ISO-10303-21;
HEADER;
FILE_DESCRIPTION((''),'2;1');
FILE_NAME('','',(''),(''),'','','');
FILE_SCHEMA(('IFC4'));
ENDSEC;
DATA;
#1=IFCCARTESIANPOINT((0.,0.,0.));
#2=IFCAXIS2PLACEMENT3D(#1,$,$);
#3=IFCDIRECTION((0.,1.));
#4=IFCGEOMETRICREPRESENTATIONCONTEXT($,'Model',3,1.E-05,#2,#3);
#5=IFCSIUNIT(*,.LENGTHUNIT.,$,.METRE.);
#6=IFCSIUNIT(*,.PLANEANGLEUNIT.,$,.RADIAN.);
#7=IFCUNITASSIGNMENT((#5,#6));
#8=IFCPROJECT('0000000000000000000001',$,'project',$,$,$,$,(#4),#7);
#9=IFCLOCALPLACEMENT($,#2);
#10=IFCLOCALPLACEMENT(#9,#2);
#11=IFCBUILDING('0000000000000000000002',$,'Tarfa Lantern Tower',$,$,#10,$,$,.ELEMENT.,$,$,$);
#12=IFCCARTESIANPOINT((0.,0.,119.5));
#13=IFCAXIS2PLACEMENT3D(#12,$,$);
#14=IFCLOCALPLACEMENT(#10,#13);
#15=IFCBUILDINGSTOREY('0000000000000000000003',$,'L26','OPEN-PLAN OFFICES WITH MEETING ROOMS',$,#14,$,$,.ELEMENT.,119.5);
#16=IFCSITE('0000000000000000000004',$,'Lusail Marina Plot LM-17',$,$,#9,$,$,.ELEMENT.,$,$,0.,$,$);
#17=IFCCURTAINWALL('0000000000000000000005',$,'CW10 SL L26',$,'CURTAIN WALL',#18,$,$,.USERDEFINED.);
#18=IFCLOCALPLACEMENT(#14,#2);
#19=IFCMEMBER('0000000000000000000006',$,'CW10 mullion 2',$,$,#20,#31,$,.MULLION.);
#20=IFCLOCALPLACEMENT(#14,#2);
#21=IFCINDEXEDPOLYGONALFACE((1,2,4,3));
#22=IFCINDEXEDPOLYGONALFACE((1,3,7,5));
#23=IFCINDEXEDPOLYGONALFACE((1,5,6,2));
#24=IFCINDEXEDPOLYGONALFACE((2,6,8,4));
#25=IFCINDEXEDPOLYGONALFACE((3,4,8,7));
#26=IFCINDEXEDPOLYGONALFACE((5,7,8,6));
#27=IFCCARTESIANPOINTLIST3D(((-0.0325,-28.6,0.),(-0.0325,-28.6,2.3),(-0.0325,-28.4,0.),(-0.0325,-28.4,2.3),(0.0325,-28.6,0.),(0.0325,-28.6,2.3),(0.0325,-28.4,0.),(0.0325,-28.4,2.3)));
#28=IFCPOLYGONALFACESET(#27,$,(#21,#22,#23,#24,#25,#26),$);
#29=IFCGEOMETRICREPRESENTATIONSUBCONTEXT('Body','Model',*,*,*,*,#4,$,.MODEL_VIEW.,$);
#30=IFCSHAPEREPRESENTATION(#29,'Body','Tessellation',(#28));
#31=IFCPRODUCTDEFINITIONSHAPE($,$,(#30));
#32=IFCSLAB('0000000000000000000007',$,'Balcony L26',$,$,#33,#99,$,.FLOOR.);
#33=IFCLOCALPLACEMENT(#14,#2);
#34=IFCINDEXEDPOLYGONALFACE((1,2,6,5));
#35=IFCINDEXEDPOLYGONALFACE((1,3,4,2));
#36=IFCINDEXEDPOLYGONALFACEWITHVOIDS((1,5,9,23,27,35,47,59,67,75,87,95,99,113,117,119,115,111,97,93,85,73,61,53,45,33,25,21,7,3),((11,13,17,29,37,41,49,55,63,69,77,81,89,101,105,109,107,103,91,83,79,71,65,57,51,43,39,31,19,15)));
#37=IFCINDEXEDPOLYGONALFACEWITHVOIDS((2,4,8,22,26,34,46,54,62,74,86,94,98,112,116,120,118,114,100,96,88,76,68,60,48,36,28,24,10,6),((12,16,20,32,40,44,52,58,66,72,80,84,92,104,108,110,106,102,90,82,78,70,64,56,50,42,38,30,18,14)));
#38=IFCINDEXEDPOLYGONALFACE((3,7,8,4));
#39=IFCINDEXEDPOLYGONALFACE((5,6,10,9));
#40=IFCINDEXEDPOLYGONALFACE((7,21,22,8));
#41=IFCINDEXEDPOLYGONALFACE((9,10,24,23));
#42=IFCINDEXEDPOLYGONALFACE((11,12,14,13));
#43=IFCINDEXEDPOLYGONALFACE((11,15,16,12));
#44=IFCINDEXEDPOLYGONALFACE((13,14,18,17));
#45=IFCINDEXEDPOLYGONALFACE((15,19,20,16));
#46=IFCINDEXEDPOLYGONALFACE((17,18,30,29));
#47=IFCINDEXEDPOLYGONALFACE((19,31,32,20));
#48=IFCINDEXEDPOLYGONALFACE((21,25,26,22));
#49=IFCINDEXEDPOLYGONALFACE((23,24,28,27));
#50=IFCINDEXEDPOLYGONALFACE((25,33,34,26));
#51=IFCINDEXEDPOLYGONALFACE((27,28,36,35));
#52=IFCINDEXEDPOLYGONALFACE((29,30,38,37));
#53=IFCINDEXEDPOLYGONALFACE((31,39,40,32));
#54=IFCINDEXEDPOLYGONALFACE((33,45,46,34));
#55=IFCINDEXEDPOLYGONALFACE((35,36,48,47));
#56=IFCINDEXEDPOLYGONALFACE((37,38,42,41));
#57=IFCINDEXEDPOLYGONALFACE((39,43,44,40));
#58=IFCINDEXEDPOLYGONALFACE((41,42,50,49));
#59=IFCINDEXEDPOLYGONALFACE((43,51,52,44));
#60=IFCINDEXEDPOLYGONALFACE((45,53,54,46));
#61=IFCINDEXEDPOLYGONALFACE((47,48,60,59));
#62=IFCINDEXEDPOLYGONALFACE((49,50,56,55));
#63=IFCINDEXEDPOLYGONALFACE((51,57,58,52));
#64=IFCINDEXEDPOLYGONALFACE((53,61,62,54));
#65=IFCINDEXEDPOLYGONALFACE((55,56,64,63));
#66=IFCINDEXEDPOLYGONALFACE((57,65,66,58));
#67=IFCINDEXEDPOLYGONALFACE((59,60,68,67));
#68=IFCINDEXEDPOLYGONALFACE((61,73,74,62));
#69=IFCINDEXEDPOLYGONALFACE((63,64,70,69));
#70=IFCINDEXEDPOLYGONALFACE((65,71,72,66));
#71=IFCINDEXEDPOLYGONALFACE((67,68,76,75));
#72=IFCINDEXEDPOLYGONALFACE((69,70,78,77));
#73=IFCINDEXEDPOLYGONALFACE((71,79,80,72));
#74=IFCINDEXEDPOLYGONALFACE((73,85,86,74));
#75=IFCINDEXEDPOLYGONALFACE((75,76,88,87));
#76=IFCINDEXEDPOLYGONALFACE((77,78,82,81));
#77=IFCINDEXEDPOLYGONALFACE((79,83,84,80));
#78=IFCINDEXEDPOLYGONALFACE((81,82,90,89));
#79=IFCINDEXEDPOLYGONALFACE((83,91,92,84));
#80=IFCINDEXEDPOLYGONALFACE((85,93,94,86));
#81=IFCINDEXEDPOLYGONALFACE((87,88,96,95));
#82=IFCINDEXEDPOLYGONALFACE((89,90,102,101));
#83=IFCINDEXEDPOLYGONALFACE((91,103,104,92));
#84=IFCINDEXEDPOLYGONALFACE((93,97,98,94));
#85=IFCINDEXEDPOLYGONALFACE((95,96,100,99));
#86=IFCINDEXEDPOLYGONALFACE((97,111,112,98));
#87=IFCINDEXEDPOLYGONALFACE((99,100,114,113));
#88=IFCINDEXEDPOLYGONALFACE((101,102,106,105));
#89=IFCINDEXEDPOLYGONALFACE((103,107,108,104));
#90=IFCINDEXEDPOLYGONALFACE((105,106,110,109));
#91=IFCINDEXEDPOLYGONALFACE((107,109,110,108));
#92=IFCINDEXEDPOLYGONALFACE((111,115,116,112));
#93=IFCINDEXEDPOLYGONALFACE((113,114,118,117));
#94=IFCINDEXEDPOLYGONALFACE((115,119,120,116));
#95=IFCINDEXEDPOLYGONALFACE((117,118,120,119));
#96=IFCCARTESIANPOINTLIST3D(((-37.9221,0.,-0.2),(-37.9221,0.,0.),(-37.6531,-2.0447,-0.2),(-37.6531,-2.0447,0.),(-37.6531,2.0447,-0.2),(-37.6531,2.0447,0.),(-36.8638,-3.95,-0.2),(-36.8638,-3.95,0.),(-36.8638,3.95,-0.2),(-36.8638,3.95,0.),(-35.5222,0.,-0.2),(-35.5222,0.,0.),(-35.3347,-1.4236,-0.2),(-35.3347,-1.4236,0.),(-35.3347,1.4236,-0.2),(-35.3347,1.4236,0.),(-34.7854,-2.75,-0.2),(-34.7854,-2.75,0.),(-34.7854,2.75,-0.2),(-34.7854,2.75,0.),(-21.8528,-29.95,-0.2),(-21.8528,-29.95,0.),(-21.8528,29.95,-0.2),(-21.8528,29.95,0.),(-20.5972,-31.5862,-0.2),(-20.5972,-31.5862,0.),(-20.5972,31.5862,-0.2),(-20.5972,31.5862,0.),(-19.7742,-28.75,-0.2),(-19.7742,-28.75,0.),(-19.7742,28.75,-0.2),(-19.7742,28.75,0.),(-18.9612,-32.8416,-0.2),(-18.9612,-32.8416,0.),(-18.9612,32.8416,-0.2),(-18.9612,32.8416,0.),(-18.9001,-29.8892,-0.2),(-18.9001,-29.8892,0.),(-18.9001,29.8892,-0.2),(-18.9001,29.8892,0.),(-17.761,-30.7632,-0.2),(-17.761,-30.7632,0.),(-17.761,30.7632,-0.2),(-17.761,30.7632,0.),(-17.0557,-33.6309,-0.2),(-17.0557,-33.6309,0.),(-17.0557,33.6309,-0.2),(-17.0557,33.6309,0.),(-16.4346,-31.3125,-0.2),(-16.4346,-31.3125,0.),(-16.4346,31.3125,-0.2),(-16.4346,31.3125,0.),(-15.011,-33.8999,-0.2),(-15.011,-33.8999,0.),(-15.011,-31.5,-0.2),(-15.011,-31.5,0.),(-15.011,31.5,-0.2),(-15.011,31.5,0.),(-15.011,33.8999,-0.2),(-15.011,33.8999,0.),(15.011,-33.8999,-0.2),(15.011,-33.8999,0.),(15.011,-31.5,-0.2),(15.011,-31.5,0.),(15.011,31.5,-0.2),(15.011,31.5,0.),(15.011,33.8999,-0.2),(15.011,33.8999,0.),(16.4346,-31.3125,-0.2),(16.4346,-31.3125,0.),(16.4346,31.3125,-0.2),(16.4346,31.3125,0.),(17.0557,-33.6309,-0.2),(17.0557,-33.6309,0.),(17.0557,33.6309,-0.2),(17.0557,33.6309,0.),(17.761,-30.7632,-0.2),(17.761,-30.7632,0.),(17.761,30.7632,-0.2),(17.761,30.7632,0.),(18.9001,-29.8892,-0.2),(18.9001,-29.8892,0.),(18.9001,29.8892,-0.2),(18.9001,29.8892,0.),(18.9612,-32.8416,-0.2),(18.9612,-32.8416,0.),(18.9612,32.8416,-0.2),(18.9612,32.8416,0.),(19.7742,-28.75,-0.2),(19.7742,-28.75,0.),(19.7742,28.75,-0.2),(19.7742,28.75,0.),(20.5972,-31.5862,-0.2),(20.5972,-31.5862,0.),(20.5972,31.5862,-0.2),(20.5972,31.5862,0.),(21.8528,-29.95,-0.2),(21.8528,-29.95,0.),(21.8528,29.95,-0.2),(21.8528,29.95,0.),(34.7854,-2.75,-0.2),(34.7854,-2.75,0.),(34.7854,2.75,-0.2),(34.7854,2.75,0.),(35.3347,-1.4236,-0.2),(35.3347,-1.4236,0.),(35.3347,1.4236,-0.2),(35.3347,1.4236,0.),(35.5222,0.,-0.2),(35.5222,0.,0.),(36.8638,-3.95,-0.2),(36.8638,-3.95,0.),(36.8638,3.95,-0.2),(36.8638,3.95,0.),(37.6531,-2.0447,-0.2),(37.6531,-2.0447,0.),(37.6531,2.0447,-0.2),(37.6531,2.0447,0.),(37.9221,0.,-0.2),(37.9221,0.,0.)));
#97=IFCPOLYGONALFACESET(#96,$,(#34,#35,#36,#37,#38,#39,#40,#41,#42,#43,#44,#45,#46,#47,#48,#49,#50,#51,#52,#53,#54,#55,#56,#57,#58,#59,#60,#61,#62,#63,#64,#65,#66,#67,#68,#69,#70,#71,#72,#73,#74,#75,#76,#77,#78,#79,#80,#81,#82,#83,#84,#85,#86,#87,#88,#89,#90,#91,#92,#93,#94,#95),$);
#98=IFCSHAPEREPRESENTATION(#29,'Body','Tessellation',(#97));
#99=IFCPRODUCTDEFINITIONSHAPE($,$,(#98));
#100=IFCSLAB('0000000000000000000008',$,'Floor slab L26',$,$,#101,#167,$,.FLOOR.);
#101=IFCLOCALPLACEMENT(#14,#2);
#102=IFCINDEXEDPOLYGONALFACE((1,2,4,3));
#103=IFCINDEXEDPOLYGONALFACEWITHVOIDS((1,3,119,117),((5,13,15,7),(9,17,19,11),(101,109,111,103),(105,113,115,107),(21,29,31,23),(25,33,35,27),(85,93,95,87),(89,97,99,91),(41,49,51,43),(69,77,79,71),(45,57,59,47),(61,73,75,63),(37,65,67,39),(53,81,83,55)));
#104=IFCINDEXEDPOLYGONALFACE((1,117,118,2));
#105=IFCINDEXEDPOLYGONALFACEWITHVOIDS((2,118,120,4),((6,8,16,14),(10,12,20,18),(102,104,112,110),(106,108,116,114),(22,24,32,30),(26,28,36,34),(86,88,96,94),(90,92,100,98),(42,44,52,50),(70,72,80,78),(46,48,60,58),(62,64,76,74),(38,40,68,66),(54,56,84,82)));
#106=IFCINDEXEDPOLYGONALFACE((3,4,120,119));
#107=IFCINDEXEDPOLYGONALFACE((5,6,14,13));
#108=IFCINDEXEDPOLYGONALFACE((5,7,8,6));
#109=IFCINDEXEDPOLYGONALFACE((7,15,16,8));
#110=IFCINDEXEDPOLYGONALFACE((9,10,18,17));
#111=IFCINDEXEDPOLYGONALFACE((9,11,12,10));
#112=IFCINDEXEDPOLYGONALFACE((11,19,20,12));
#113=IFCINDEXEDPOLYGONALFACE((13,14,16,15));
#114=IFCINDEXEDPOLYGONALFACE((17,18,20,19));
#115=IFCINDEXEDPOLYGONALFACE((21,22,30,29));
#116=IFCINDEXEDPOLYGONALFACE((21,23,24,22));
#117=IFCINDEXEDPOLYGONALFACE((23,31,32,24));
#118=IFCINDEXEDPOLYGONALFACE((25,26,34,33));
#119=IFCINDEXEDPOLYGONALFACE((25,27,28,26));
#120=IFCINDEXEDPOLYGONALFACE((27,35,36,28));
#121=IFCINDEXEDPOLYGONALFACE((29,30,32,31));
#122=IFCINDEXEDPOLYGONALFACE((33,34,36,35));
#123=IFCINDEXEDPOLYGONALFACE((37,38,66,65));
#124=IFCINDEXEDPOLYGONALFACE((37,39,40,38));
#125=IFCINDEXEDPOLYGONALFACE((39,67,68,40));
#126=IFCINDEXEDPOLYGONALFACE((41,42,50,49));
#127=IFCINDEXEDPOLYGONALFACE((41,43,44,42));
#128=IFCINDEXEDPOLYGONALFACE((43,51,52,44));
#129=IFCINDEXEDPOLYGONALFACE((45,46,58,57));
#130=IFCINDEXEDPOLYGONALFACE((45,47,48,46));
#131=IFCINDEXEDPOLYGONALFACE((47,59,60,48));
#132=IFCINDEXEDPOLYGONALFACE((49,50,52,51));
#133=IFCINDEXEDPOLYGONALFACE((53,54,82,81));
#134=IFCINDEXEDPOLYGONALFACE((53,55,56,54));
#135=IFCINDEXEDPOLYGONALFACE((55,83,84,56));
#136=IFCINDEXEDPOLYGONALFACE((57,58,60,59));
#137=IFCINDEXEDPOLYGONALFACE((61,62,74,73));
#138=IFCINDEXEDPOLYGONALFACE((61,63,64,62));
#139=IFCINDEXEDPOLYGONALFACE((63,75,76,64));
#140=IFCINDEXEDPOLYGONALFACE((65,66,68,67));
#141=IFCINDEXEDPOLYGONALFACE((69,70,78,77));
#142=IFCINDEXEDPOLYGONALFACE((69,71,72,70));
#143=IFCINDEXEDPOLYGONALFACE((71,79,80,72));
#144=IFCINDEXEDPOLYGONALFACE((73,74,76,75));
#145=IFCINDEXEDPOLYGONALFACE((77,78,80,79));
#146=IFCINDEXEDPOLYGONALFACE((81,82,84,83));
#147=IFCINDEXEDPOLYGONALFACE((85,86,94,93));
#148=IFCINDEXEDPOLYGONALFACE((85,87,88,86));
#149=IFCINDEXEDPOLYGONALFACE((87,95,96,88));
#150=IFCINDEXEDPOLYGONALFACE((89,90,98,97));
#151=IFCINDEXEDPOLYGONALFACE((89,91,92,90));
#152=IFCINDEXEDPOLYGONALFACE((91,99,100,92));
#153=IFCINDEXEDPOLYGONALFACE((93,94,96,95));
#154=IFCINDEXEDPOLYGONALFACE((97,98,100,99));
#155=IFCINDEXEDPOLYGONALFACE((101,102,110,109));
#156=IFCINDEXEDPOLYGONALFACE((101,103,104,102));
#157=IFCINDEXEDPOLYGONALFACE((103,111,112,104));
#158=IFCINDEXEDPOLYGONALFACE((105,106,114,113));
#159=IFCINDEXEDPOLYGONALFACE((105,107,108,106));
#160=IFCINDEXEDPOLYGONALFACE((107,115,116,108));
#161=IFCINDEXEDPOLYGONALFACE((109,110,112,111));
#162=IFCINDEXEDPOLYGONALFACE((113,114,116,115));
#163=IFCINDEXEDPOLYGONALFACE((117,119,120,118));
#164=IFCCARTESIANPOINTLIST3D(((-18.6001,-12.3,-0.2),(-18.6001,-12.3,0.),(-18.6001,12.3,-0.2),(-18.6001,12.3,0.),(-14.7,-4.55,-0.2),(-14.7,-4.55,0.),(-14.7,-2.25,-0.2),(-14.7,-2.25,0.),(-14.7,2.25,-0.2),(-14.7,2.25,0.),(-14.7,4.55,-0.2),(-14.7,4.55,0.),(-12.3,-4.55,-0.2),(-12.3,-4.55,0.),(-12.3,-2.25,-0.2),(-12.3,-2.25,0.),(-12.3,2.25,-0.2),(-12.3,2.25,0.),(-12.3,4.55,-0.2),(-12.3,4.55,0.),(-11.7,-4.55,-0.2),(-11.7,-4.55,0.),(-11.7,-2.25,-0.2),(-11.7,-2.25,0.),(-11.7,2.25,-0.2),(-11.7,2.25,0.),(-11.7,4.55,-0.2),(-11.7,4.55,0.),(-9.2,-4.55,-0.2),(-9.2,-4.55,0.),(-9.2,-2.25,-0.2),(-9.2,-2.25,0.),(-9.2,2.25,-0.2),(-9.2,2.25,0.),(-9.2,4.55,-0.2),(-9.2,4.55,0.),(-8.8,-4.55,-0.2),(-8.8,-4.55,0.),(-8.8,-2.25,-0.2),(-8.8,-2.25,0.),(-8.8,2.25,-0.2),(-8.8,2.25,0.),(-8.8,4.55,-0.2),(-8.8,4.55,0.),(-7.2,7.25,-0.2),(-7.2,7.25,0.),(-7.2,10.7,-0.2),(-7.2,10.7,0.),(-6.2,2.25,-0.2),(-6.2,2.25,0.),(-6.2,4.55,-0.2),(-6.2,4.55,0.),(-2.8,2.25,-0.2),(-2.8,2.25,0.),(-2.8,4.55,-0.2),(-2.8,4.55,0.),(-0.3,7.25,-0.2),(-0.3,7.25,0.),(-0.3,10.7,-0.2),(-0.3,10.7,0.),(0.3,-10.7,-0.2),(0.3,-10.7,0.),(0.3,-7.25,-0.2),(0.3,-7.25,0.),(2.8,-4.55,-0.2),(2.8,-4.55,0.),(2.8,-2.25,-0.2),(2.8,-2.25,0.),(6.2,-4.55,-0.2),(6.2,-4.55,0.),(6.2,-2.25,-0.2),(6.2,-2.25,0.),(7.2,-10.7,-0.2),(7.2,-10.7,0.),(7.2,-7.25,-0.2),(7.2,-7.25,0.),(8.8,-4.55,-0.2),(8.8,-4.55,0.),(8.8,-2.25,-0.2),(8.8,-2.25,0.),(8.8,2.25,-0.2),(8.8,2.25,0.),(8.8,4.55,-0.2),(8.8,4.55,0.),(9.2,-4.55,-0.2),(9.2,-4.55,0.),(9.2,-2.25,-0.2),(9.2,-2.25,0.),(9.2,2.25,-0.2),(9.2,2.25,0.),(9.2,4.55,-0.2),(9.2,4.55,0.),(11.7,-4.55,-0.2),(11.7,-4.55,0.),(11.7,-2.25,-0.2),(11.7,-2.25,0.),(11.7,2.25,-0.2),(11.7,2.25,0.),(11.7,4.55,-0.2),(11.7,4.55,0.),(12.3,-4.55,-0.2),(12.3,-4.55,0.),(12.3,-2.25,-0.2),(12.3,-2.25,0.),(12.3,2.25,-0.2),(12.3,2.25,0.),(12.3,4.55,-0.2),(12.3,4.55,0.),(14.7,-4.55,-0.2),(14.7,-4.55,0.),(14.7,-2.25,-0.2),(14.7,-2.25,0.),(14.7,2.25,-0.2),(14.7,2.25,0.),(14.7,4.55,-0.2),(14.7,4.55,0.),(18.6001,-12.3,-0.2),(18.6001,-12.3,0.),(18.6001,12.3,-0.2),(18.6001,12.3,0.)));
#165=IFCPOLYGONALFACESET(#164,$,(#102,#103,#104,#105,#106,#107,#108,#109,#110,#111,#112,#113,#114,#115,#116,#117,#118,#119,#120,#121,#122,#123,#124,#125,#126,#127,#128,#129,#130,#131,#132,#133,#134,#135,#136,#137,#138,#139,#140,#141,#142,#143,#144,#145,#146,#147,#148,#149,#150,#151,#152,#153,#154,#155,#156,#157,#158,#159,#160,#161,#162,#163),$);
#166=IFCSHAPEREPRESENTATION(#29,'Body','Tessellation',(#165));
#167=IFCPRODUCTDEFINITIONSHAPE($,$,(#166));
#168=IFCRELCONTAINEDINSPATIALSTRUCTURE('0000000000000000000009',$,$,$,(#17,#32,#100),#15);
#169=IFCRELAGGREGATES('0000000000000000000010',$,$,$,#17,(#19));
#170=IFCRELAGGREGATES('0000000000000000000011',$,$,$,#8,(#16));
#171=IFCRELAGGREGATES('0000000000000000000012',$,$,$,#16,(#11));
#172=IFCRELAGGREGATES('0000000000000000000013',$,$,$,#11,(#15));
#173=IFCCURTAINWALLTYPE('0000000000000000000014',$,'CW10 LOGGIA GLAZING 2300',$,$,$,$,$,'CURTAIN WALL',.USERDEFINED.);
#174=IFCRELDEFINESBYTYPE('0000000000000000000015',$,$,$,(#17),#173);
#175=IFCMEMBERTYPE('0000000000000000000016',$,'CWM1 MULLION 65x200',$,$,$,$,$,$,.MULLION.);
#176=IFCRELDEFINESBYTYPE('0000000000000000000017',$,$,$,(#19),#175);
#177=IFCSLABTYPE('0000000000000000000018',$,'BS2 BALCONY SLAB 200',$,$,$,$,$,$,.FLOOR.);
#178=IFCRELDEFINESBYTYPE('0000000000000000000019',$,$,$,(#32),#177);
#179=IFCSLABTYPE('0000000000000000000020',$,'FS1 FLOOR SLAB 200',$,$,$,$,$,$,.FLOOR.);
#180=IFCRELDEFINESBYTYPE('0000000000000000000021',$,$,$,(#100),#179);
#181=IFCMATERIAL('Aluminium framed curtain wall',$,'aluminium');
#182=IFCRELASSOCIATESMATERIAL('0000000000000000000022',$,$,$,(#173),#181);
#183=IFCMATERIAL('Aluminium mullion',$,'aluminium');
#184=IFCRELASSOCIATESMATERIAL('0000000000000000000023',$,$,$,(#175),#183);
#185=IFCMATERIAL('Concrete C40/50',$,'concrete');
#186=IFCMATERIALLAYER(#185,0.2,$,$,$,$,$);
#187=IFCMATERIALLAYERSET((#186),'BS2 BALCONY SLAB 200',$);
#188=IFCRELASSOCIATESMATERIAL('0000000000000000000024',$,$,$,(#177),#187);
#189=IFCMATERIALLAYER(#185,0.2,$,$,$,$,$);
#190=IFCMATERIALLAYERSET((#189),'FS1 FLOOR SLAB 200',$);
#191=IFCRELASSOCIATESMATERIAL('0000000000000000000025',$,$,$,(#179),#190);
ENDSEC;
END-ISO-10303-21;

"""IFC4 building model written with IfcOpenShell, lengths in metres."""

from ifc_helpers import new_model, si_unit, direction, frame, origin, origin_2d, place, context, subcontext, project, spatial, polyline, rectangle, outline, extrude, material, layer, layer_set, material_profile, profile_set, type_object, element, aggregate, save


model = new_model("IFC4")

# Units and contexts
model_context = context("Model", 3, precision=1e-05, world=origin(), true_north=direction((0.0, 1.0)))
body_context = subcontext(model_context, "Body", "Model", "MODEL_VIEW")
ifc_project = project(units=[si_unit("LENGTHUNIT", "METRE"), si_unit("PLANEANGLEUNIT", "RADIAN")], contexts=[model_context])

# Site, building, storey
site_placement = place(None, origin())
site = spatial("IfcSite", under=ifc_project, at=site_placement, Name="Lusail Marina Plot LM-17", CompositionType="ELEMENT", RefElevation=0.0)
building_placement = place(site_placement, origin())
building = spatial("IfcBuilding", under=site, at=building_placement, Name="Tarfa Lantern Tower", CompositionType="ELEMENT")
storey_placement = place(building_placement, frame((0.0, 0.0, 119.5)))
storey = spatial("IfcBuildingStorey", under=building, at=storey_placement, Name="L26", Description="OPEN-PLAN OFFICES WITH MEETING ROOMS", CompositionType="ELEMENT", Elevation=119.5)

# Curtain wall, member
ifc_material_1 = material(Name="Aluminium framed curtain wall", Category="aluminium")
curtain_wall_type = type_object("IfcCurtainWallType", Name="CW10 LOGGIA GLAZING 2300", ElementType="CURTAIN WALL", PredefinedType="USERDEFINED", material=ifc_material_1)
curtain_wall_placement = place(storey_placement, origin())
curtain_wall = element("IfcCurtainWall", 1, at=curtain_wall_placement, inside=storey, type_object=curtain_wall_type, Name="CW10 SL L26", ObjectType="CURTAIN WALL", PredefinedType="USERDEFINED")
ifc_material_2 = material(Name="Aluminium mullion", Category="aluminium")
ifc_material_profile = material_profile(ifc_material_2, rectangle(XDim=0.0649, YDim=0.2, at=origin_2d()), Name="AL MULLION 65x200")
ifc_profile_set = profile_set([ifc_material_profile], Name="Aluminium mullion")
member_type = type_object("IfcMemberType", Name="CWM1 MULLION 65x200", PredefinedType="MULLION", material=ifc_profile_set)
member_placement = place(storey_placement, frame((0.0, -28.5, 0.0), z_axis=(0.0, 0.0, 1.0), x_axis=(1.0, 0.0, 0.0)))
member = element("IfcMember", 2, at=member_placement, type_object=member_type, Name="CW10 mullion 2", PredefinedType="MULLION", context=body_context, shape_type="SweptSolid", body=[
    extrude(rectangle(XDim=0.0649, YDim=0.2, at=origin_2d()), origin(), (0.0, 0.0, 1.0), 2.3),
])
aggregate(curtain_wall, [member])

# Slabs
ifc_material_3 = material(Name="Concrete C40/50", Category="concrete")
ifc_layer_1 = layer(ifc_material_3, 0.2)
ifc_layer_set_1 = layer_set([ifc_layer_1], Name="BS2 BALCONY SLAB 200")
slab_type_1 = type_object("IfcSlabType", Name="BS2 BALCONY SLAB 200", PredefinedType="FLOOR", material=ifc_layer_set_1)
slab_1_placement = place(storey_placement, frame((0.0, 0.0, -0.2)))
element("IfcSlab", 3, at=slab_1_placement, inside=storey, type_object=slab_type_1, Name="Balcony L26", PredefinedType="FLOOR", context=body_context, shape_type="SweptSolid", body=[
    extrude(outline(polyline([(36.8638, 3.95), (21.8528, 29.95), (20.5972, 31.5862), (18.9612, 32.8416), (17.0557, 33.6309), (15.011, 33.8999), (-15.011, 33.8999), (-17.0557, 33.6309), (-18.9612, 32.8416), (-20.5972, 31.5862), (-21.8528, 29.95), (-36.8638, 3.95), (-37.6531, 2.0447), (-37.9221, 0.0), (-37.6531, -2.0447), (-36.8638, -3.95), (-21.8528, -29.95), (-20.5972, -31.5862), (-18.9612, -32.8416), (-17.0557, -33.6309), (-15.011, -33.8999), (15.011, -33.8999), (17.0557, -33.6309), (18.9612, -32.8416), (20.5972, -31.5862), (21.8528, -29.95), (36.8638, -3.95), (37.6531, -2.0447), (37.9221, 0.0), (37.6531, 2.0447), (36.8638, 3.95)]), holes=[polyline([(34.7854, 2.75), (19.7742, 28.75), (18.9001, 29.8892), (17.761, 30.7632), (16.4346, 31.3125), (15.011, 31.5), (-15.011, 31.5), (-16.4346, 31.3125), (-17.761, 30.7632), (-18.9001, 29.8892), (-19.7742, 28.75), (-34.7854, 2.75), (-35.3347, 1.4236), (-35.5222, 0.0), (-35.3347, -1.4236), (-34.7854, -2.75), (-19.7742, -28.75), (-18.9001, -29.8892), (-17.761, -30.7632), (-16.4346, -31.3125), (-15.011, -31.5), (15.011, -31.5), (16.4346, -31.3125), (17.761, -30.7632), (18.9001, -29.8892), (19.7742, -28.75), (34.7854, -2.75), (35.3347, -1.4236), (35.5222, 0.0), (35.3347, 1.4236), (34.7854, 2.75)])]), origin(), (0.0, 0.0, 1.0), 0.2),
])
ifc_layer_2 = layer(ifc_material_3, 0.2)
ifc_layer_set_2 = layer_set([ifc_layer_2], Name="FS1 FLOOR SLAB 200")
slab_type_2 = type_object("IfcSlabType", Name="FS1 FLOOR SLAB 200", PredefinedType="FLOOR", material=ifc_layer_set_2)
slab_2_placement = place(storey_placement, frame((0.0, 0.0, -0.2)))
element("IfcSlab", 4, at=slab_2_placement, inside=storey, type_object=slab_type_2, Name="Floor slab L26", PredefinedType="FLOOR", context=body_context, shape_type="SweptSolid", body=[
    extrude(outline(polyline([(-18.6001, -12.3), (18.6001, -12.3), (18.6001, 12.3), (-18.6001, 12.3), (-18.6001, -12.3)]), holes=[polyline([(-14.7, 2.25), (-12.3, 2.25), (-12.3, 4.55), (-14.7, 4.55), (-14.7, 2.25)]), polyline([(-11.7, 2.25), (-9.2, 2.25), (-9.2, 4.55), (-11.7, 4.55), (-11.7, 2.25)]), polyline([(-8.8, 2.25), (-6.2, 2.25), (-6.2, 4.55), (-8.8, 4.55), (-8.8, 2.25)]), polyline([(-2.8, 2.25), (8.8, 2.25), (8.8, 4.55), (-2.8, 4.55), (-2.8, 2.25)]), polyline([(9.2, 2.25), (11.7, 2.25), (11.7, 4.55), (9.2, 4.55), (9.2, 2.25)]), polyline([(12.3, 2.25), (14.7, 2.25), (14.7, 4.55), (12.3, 4.55), (12.3, 2.25)]), polyline([(14.7, -2.25), (12.3, -2.25), (12.3, -4.55), (14.7, -4.55), (14.7, -2.25)]), polyline([(11.7, -2.25), (9.2, -2.25), (9.2, -4.55), (11.7, -4.55), (11.7, -2.25)]), polyline([(8.8, -2.25), (6.2, -2.25), (6.2, -4.55), (8.8, -4.55), (8.8, -2.25)]), polyline([(2.8, -2.25), (-8.8, -2.25), (-8.8, -4.55), (2.8, -4.55), (2.8, -2.25)]), polyline([(-9.2, -2.25), (-11.7, -2.25), (-11.7, -4.55), (-9.2, -4.55), (-9.2, -2.25)]), polyline([(-12.3, -2.25), (-14.7, -2.25), (-14.7, -4.55), (-12.3, -4.55), (-12.3, -2.25)]), polyline([(-7.2, 7.25), (-0.3, 7.25), (-0.3, 10.7), (-7.2, 10.7), (-7.2, 7.25)]), polyline([(7.2, -7.25), (0.3, -7.25), (0.3, -10.7), (7.2, -10.7), (7.2, -7.25)])]), origin(), (0.0, 0.0, 1.0), 0.2),
])

save(model, "model.ifc")
